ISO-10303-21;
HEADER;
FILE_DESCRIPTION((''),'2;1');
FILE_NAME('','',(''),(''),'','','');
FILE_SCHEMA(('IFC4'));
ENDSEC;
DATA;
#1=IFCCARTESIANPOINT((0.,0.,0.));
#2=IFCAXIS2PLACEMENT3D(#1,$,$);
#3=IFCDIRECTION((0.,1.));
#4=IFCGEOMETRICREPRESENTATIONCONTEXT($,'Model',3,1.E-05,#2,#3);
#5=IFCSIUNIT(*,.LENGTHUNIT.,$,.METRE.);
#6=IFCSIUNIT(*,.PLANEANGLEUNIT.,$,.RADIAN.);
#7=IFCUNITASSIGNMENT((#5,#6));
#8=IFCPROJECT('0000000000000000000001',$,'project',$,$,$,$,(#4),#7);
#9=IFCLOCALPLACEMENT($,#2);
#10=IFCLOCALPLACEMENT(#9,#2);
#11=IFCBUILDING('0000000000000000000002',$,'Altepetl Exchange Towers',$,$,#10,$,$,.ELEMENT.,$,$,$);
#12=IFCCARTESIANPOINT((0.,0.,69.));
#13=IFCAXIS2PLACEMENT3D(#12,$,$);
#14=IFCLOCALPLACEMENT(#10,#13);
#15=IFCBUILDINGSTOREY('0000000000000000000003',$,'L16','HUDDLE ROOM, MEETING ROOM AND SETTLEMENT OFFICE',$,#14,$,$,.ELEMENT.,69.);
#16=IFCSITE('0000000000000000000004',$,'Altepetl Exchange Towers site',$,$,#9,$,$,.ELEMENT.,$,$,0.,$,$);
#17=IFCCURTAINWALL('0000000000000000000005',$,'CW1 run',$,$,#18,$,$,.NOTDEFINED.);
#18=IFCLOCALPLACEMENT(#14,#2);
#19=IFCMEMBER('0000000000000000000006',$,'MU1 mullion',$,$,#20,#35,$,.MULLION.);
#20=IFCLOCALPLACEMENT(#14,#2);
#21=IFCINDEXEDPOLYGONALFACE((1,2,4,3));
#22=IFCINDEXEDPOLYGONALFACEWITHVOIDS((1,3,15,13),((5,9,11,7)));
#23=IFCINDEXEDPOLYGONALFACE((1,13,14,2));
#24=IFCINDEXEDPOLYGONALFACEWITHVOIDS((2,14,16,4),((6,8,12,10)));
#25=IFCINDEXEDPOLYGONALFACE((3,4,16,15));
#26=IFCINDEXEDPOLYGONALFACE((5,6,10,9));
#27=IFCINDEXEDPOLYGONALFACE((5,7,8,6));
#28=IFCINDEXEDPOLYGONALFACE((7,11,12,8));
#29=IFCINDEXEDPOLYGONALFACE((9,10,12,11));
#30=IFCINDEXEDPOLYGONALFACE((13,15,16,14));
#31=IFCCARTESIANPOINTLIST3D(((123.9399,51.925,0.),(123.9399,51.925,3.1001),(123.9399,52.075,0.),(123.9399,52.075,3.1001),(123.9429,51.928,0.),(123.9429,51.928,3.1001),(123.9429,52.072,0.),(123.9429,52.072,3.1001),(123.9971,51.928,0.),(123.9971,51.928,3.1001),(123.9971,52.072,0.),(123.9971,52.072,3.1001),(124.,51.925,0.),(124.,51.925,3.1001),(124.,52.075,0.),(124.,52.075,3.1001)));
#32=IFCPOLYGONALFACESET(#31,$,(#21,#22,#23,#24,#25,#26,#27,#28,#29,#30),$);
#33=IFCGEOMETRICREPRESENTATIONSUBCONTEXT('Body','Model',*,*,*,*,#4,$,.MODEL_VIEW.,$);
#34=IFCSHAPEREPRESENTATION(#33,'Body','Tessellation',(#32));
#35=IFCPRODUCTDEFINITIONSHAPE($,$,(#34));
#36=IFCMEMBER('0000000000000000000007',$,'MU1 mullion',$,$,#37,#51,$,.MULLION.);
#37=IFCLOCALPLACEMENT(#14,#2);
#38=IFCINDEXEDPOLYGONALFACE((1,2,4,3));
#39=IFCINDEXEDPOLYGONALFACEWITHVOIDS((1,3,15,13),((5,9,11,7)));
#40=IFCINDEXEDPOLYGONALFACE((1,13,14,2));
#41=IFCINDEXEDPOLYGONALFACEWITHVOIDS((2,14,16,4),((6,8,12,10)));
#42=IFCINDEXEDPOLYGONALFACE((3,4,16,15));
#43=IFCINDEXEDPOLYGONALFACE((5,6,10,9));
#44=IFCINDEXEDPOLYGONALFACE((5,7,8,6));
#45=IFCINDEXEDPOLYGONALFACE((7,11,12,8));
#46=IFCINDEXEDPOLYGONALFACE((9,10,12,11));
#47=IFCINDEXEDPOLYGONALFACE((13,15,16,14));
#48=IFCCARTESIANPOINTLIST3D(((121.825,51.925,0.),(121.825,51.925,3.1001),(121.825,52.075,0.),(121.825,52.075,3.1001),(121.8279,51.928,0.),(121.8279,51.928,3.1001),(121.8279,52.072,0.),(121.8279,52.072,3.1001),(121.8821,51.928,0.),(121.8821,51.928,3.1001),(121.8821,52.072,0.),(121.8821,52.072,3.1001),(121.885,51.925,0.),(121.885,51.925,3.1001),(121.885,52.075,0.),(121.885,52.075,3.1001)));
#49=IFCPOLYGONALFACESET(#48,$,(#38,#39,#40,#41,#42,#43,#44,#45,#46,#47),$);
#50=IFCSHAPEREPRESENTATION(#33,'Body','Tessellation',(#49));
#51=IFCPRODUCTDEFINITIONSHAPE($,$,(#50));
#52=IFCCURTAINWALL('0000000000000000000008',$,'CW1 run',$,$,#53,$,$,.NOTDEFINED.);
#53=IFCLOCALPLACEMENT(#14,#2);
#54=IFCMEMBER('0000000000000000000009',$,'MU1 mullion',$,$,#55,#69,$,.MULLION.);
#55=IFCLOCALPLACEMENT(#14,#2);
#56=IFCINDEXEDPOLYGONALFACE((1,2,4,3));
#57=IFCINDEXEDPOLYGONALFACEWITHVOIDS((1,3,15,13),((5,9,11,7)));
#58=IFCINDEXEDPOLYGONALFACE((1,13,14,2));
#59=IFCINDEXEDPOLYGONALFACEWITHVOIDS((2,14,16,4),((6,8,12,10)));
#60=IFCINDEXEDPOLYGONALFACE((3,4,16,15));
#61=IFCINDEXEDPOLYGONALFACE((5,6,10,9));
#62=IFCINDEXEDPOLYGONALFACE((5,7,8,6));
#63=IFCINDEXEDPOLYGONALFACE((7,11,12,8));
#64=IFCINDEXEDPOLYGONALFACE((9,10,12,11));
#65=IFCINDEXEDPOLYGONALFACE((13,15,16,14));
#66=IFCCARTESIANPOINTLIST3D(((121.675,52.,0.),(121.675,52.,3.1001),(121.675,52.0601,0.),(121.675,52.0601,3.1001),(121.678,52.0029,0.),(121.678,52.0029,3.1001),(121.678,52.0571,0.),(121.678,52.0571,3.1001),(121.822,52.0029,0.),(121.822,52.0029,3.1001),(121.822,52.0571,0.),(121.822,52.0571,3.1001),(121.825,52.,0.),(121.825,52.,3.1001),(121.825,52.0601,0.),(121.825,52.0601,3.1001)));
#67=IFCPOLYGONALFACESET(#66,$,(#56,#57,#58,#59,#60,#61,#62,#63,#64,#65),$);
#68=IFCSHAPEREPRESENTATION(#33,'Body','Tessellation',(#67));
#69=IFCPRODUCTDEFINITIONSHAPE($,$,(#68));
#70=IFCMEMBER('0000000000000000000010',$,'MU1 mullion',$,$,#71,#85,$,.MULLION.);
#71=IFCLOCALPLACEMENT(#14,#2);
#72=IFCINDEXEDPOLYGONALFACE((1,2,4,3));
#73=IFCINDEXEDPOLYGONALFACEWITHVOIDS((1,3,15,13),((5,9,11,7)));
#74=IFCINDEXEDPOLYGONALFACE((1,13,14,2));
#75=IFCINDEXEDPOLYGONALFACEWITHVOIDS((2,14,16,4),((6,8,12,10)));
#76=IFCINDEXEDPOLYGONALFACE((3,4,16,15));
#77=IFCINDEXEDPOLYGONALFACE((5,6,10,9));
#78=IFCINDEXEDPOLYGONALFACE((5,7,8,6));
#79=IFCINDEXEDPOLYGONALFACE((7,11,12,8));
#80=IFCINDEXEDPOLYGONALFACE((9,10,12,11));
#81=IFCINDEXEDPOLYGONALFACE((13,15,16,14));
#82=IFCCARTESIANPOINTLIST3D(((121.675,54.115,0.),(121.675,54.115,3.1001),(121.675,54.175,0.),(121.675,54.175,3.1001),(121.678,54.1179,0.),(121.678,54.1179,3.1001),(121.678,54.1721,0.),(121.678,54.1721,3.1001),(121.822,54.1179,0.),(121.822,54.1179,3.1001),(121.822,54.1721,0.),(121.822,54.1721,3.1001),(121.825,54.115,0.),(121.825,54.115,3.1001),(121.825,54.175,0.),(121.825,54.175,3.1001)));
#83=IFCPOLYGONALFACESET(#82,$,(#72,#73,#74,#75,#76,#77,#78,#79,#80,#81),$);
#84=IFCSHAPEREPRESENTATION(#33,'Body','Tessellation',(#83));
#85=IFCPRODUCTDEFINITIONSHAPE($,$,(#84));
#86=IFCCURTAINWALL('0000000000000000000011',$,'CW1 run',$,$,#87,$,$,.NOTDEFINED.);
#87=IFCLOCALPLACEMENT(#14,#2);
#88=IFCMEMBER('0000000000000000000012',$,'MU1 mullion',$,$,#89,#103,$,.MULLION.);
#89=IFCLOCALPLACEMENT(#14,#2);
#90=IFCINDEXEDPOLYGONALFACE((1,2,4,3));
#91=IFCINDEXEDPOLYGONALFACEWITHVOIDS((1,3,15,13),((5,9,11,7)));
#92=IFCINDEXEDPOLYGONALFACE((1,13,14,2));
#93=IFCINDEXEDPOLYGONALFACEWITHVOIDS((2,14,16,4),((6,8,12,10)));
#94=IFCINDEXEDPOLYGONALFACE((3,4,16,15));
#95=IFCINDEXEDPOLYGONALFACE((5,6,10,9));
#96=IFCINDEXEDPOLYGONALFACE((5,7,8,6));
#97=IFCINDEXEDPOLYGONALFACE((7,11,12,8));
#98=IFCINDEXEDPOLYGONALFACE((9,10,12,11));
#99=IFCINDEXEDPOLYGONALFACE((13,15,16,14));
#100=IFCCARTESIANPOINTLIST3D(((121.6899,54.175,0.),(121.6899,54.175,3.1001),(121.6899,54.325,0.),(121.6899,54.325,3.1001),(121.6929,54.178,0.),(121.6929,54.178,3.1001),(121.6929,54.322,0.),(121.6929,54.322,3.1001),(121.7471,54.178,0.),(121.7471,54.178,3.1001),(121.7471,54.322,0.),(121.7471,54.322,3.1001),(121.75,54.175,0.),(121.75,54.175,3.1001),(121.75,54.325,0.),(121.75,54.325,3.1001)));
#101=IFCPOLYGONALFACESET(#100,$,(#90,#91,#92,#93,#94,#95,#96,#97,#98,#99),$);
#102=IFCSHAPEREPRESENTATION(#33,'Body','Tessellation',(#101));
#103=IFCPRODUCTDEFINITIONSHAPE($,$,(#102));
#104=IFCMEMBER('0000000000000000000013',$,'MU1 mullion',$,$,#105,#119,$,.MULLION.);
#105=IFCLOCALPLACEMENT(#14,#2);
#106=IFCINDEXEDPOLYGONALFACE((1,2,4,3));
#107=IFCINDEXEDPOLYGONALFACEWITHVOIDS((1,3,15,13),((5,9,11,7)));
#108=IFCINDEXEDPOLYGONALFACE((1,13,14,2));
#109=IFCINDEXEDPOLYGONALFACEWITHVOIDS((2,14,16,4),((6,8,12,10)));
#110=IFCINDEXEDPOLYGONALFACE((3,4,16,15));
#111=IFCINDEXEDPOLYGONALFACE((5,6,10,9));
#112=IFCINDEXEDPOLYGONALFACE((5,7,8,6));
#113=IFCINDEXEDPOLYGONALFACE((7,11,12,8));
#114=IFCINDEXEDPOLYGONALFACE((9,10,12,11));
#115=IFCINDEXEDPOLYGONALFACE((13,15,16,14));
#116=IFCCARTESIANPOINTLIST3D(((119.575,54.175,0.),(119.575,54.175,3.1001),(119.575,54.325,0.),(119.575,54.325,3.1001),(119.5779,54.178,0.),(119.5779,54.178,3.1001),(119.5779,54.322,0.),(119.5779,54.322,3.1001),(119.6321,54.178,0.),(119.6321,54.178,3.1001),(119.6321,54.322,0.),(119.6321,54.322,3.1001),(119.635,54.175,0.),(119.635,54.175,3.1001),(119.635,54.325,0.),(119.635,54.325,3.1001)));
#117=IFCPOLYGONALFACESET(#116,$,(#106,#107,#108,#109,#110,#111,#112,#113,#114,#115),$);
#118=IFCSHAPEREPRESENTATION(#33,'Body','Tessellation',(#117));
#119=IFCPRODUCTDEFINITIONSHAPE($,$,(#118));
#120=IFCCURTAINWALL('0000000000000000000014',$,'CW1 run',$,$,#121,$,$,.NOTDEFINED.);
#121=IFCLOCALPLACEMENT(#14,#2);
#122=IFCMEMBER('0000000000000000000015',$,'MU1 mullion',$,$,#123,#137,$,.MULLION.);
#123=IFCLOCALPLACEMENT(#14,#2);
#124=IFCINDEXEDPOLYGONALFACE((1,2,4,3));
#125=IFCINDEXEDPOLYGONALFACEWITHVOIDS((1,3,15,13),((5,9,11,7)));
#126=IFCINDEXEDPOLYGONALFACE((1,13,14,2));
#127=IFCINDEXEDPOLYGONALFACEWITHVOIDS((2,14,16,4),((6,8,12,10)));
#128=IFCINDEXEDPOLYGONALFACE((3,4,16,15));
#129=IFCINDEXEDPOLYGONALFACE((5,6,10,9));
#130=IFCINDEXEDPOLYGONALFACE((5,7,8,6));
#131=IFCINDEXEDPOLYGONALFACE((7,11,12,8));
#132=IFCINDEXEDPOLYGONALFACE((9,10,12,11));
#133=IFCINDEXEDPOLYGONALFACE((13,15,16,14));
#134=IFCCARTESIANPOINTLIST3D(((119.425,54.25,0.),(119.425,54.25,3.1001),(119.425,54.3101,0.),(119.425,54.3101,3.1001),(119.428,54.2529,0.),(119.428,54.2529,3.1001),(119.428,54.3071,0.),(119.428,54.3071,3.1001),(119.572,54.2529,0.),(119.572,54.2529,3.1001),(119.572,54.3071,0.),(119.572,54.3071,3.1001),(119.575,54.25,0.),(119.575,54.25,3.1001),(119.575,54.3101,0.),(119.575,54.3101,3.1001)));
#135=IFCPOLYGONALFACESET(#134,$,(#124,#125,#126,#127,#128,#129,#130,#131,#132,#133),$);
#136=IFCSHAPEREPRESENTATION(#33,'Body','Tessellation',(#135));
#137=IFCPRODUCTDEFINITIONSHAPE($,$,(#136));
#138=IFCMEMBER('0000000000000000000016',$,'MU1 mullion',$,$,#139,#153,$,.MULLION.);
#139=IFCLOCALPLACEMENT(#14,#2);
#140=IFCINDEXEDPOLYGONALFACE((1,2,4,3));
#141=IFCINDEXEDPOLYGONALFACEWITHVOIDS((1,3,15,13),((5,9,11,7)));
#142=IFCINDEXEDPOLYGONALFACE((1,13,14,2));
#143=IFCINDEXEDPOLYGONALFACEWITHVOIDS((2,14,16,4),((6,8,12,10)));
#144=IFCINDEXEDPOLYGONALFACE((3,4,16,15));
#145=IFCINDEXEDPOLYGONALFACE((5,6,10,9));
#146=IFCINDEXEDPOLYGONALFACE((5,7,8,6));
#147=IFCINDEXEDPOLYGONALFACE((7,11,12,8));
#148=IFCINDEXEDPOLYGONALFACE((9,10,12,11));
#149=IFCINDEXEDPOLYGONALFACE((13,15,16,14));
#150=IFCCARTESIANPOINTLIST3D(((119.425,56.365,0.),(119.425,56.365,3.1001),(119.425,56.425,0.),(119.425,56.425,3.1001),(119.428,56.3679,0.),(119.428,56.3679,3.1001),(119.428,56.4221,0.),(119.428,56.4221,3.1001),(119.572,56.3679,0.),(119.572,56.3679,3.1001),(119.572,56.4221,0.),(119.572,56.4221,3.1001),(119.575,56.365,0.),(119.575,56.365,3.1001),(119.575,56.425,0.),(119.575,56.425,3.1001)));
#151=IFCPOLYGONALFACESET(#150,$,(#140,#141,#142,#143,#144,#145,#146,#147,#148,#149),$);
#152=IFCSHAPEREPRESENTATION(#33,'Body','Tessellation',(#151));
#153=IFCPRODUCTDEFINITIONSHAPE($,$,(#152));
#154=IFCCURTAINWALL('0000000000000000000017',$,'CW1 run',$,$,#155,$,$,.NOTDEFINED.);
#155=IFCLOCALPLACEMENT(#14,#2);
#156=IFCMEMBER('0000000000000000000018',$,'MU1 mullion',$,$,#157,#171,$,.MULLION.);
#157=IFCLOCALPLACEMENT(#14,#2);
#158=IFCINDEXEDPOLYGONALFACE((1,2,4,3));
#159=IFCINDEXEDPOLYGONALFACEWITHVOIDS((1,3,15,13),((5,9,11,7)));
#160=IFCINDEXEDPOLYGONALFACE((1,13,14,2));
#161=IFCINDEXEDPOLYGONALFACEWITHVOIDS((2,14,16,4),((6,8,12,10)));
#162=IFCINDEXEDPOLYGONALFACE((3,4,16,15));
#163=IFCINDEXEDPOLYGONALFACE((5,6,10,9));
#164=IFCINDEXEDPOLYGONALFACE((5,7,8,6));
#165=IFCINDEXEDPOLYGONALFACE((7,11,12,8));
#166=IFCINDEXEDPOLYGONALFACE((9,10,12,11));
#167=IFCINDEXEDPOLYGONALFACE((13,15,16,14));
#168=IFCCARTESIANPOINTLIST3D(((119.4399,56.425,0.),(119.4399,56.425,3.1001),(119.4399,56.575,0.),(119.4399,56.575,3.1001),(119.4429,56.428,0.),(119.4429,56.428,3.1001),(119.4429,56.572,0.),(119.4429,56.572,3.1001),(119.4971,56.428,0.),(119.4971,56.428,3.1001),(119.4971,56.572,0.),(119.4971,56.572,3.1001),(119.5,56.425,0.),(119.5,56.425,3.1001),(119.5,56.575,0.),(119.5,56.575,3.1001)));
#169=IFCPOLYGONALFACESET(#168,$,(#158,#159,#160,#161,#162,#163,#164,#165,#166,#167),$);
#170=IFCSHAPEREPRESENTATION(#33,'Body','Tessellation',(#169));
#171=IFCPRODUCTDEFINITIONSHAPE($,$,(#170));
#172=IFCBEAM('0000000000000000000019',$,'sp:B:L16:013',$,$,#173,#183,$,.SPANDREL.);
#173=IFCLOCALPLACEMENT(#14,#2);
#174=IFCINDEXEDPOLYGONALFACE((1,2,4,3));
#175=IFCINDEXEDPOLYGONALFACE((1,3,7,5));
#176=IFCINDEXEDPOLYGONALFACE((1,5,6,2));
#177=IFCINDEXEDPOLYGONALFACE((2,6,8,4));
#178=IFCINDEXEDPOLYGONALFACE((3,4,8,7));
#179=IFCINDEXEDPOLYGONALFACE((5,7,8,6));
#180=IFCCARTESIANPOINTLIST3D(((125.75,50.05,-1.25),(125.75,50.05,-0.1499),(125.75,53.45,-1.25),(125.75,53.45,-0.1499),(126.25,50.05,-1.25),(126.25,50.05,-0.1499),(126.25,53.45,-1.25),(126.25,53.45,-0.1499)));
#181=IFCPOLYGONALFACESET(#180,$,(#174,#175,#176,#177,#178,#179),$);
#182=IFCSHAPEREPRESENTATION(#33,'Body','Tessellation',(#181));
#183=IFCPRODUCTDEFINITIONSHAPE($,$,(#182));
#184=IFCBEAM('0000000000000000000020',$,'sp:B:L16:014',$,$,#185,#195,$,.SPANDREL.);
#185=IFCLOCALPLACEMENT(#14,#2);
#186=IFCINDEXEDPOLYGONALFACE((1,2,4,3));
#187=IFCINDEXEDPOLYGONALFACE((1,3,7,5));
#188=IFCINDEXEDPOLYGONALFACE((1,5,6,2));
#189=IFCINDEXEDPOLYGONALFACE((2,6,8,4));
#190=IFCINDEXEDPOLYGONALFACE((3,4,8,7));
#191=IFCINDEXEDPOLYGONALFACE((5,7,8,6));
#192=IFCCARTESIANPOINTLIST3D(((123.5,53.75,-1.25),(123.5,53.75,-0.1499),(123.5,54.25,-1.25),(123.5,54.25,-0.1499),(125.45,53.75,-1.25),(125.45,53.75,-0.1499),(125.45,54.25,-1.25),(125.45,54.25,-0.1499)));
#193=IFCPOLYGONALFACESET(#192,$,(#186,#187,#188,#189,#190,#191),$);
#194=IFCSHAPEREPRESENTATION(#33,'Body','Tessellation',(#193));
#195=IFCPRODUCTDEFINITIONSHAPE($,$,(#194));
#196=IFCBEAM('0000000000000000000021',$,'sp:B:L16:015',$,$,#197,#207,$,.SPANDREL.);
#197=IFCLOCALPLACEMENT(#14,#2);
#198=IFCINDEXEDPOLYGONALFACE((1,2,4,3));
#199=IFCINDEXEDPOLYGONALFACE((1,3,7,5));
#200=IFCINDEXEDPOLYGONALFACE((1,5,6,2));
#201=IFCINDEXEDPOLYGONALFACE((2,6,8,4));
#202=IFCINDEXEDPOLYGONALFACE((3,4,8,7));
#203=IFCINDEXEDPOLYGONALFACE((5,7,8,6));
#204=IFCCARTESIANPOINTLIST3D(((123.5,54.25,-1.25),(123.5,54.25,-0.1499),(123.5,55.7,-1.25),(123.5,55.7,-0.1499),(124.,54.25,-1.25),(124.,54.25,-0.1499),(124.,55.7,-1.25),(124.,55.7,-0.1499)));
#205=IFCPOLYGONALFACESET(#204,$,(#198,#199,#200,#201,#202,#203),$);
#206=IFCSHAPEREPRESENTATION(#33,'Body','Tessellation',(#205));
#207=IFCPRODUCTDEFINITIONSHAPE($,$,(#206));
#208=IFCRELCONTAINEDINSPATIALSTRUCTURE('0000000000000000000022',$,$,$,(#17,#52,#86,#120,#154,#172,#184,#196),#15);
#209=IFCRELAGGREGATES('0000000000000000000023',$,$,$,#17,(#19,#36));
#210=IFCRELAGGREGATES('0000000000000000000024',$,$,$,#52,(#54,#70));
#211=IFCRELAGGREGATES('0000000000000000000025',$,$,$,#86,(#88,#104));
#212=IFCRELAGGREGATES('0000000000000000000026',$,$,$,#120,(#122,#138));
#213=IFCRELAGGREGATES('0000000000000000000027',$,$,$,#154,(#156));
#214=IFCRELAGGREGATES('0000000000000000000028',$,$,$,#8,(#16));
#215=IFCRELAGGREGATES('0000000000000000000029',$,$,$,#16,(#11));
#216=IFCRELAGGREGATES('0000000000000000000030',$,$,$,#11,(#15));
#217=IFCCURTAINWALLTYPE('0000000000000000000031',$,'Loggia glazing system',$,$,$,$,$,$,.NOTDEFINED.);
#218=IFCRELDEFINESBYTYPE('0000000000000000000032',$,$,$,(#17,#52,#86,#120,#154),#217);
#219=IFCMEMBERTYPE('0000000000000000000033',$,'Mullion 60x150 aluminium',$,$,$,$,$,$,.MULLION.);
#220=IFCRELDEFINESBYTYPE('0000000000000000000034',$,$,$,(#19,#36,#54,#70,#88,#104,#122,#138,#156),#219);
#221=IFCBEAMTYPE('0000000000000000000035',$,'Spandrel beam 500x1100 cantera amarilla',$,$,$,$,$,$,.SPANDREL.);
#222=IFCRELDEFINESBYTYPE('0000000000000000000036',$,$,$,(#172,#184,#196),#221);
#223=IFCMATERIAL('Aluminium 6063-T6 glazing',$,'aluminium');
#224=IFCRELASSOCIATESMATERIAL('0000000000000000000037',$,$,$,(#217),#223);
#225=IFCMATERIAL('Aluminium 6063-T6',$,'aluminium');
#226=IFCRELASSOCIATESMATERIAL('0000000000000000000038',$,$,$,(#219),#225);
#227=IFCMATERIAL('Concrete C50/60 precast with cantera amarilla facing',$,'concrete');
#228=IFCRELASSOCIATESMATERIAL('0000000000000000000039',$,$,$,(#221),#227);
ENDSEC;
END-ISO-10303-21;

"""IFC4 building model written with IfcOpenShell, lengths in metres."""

from ifc_helpers import new_model, si_unit, direction, frame, origin, origin_2d, place, context, subcontext, project, spatial, rectangle, hollow_rectangle, extrude, material, material_profile, profile_set, type_object, element, aggregate, save


model = new_model("IFC4")

# Units and contexts
model_context = context("Model", 3, precision=1e-05, world=origin(), true_north=direction((0.0, 1.0)))
body_context = subcontext(model_context, "Body", "Model", "MODEL_VIEW")
ifc_project = project(units=[si_unit("LENGTHUNIT", "METRE"), si_unit("PLANEANGLEUNIT", "RADIAN")], contexts=[model_context])

# Site, building, storey
site_placement = place(None, origin())
site = spatial("IfcSite", under=ifc_project, at=site_placement, Name="Altepetl Exchange Towers site", CompositionType="ELEMENT", RefElevation=0.0)
building_placement = place(site_placement, origin())
building = spatial("IfcBuilding", under=site, at=building_placement, Name="Altepetl Exchange Towers", CompositionType="ELEMENT")
storey_placement = place(building_placement, frame((0.0, 0.0, 69.0)))
storey = spatial("IfcBuildingStorey", under=building, at=storey_placement, Name="L16", Description="HUDDLE ROOM, MEETING ROOM AND SETTLEMENT OFFICE", CompositionType="ELEMENT", Elevation=69.0)

# Curtain walls, members
ifc_material_1 = material(Name="Aluminium 6063-T6 glazing", Category="aluminium")
curtain_wall_type = type_object("IfcCurtainWallType", Name="Loggia glazing system", PredefinedType="NOTDEFINED", material=ifc_material_1)
ifc_material_2 = material(Name="Aluminium 6063-T6", Category="aluminium")
ifc_material_profile_1 = material_profile(ifc_material_2, hollow_rectangle(XDim=0.0601, YDim=0.1499, WallThickness=0.0029, at=origin_2d()), Name="Mullion 60x150 aluminium")
ifc_profile_set_1 = profile_set([ifc_material_profile_1], Name="Aluminium 6063-T6")
member_type = type_object("IfcMemberType", Name="Mullion 60x150 aluminium", PredefinedType="MULLION", material=ifc_profile_set_1)
curtain_wall_1_placement = place(storey_placement, origin())
curtain_wall_1 = element("IfcCurtainWall", 1, at=curtain_wall_1_placement, inside=storey, type_object=curtain_wall_type, Name="CW1 run", PredefinedType="NOTDEFINED")
member_1_placement = place(storey_placement, frame((123.97, 52.0, 0.0), z_axis=(0.0, 0.0, 1.0), x_axis=(-1.0, 0.0, 0.0)))
member_1 = element("IfcMember", 2, at=member_1_placement, type_object=member_type, Name="MU1 mullion", PredefinedType="MULLION", context=body_context, shape_type="SweptSolid", body=[
    extrude(hollow_rectangle(XDim=0.0601, YDim=0.1499, WallThickness=0.0029, at=origin_2d()), origin(), (0.0, 0.0, 1.0), 3.1001),
])
member_2_placement = place(storey_placement, frame((121.855, 52.0, 0.0), z_axis=(0.0, 0.0, 1.0), x_axis=(-1.0, 0.0, 0.0)))
member_2 = element("IfcMember", 3, at=member_2_placement, type_object=member_type, Name="MU1 mullion", PredefinedType="MULLION", context=body_context, shape_type="SweptSolid", body=[
    extrude(hollow_rectangle(XDim=0.0601, YDim=0.1499, WallThickness=0.0029, at=origin_2d()), origin(), (0.0, 0.0, 1.0), 3.1001),
])
curtain_wall_2_placement = place(storey_placement, origin())
curtain_wall_2 = element("IfcCurtainWall", 4, at=curtain_wall_2_placement, inside=storey, type_object=curtain_wall_type, Name="CW1 run", PredefinedType="NOTDEFINED")
member_3_placement = place(storey_placement, frame((121.75, 52.03, 0.0), z_axis=(0.0, 0.0, 1.0), x_axis=(0.0, 1.0, 0.0)))
member_3 = element("IfcMember", 5, at=member_3_placement, type_object=member_type, Name="MU1 mullion", PredefinedType="MULLION", context=body_context, shape_type="SweptSolid", body=[
    extrude(hollow_rectangle(XDim=0.0601, YDim=0.1499, WallThickness=0.0029, at=origin_2d()), origin(), (0.0, 0.0, 1.0), 3.1001),
])
member_4_placement = place(storey_placement, frame((121.75, 54.145, 0.0), z_axis=(0.0, 0.0, 1.0), x_axis=(0.0, 1.0, 0.0)))
member_4 = element("IfcMember", 6, at=member_4_placement, type_object=member_type, Name="MU1 mullion", PredefinedType="MULLION", context=body_context, shape_type="SweptSolid", body=[
    extrude(hollow_rectangle(XDim=0.0601, YDim=0.1499, WallThickness=0.0029, at=origin_2d()), origin(), (0.0, 0.0, 1.0), 3.1001),
])
curtain_wall_3_placement = place(storey_placement, origin())
curtain_wall_3 = element("IfcCurtainWall", 7, at=curtain_wall_3_placement, inside=storey, type_object=curtain_wall_type, Name="CW1 run", PredefinedType="NOTDEFINED")
member_5_placement = place(storey_placement, frame((121.72, 54.25, 0.0), z_axis=(0.0, 0.0, 1.0), x_axis=(-1.0, 0.0, 0.0)))
member_5 = element("IfcMember", 8, at=member_5_placement, type_object=member_type, Name="MU1 mullion", PredefinedType="MULLION", context=body_context, shape_type="SweptSolid", body=[
    extrude(hollow_rectangle(XDim=0.0601, YDim=0.1499, WallThickness=0.0029, at=origin_2d()), origin(), (0.0, 0.0, 1.0), 3.1001),
])
member_6_placement = place(storey_placement, frame((119.605, 54.25, 0.0), z_axis=(0.0, 0.0, 1.0), x_axis=(-1.0, 0.0, 0.0)))
member_6 = element("IfcMember", 9, at=member_6_placement, type_object=member_type, Name="MU1 mullion", PredefinedType="MULLION", context=body_context, shape_type="SweptSolid", body=[
    extrude(hollow_rectangle(XDim=0.0601, YDim=0.1499, WallThickness=0.0029, at=origin_2d()), origin(), (0.0, 0.0, 1.0), 3.1001),
])
curtain_wall_4_placement = place(storey_placement, origin())
curtain_wall_4 = element("IfcCurtainWall", 10, at=curtain_wall_4_placement, inside=storey, type_object=curtain_wall_type, Name="CW1 run", PredefinedType="NOTDEFINED")
member_7_placement = place(storey_placement, frame((119.5, 54.28, 0.0), z_axis=(0.0, 0.0, 1.0), x_axis=(0.0, 1.0, 0.0)))
member_7 = element("IfcMember", 11, at=member_7_placement, type_object=member_type, Name="MU1 mullion", PredefinedType="MULLION", context=body_context, shape_type="SweptSolid", body=[
    extrude(hollow_rectangle(XDim=0.0601, YDim=0.1499, WallThickness=0.0029, at=origin_2d()), origin(), (0.0, 0.0, 1.0), 3.1001),
])
member_8_placement = place(storey_placement, frame((119.5, 56.395, 0.0), z_axis=(0.0, 0.0, 1.0), x_axis=(0.0, 1.0, 0.0)))
member_8 = element("IfcMember", 12, at=member_8_placement, type_object=member_type, Name="MU1 mullion", PredefinedType="MULLION", context=body_context, shape_type="SweptSolid", body=[
    extrude(hollow_rectangle(XDim=0.0601, YDim=0.1499, WallThickness=0.0029, at=origin_2d()), origin(), (0.0, 0.0, 1.0), 3.1001),
])

# Curtain wall, member
curtain_wall_5_placement = place(storey_placement, origin())
curtain_wall_5 = element("IfcCurtainWall", 13, at=curtain_wall_5_placement, inside=storey, type_object=curtain_wall_type, Name="CW1 run", PredefinedType="NOTDEFINED")
member_9_placement = place(storey_placement, frame((119.47, 56.5, 0.0), z_axis=(0.0, 0.0, 1.0), x_axis=(-1.0, 0.0, 0.0)))
member_9 = element("IfcMember", 14, at=member_9_placement, type_object=member_type, Name="MU1 mullion", PredefinedType="MULLION", context=body_context, shape_type="SweptSolid", body=[
    extrude(hollow_rectangle(XDim=0.0601, YDim=0.1499, WallThickness=0.0029, at=origin_2d()), origin(), (0.0, 0.0, 1.0), 3.1001),
])

# Beams
ifc_material_3 = material(Name="Concrete C50/60 precast with cantera amarilla facing", Category="concrete")
ifc_material_profile_2 = material_profile(ifc_material_3, rectangle(XDim=0.5, YDim=1.1001, at=origin_2d()), Name="500 x 1100")
ifc_profile_set_2 = profile_set([ifc_material_profile_2], Name="Concrete C50/60 precast with cantera amarilla facing")
beam_type_1 = type_object("IfcBeamType", Name="Spandrel beam 500x1100 cantera amarilla", PredefinedType="SPANDREL", material=ifc_profile_set_2)
beam_1_placement = place(storey_placement, frame((126.0, 50.05, -0.7), z_axis=(0.0, 1.0, 0.0), x_axis=(-1.0, 0.0, 0.0)))
element("IfcBeam", 15, at=beam_1_placement, inside=storey, type_object=beam_type_1, Name="sp:B:L16:013", PredefinedType="SPANDREL", context=body_context, shape_type="SweptSolid", body=[
    extrude(rectangle(XDim=0.5, YDim=1.1001, at=origin_2d()), origin(), (0.0, 0.0, 1.0), 3.3999),
])
beam_2_placement = place(storey_placement, frame((125.45, 54.0, -0.7), z_axis=(-1.0, 0.0, 0.0), x_axis=(0.0, -1.0, 0.0)))
element("IfcBeam", 16, at=beam_2_placement, inside=storey, type_object=beam_type_1, Name="sp:B:L16:014", PredefinedType="SPANDREL", context=body_context, shape_type="SweptSolid", body=[
    extrude(rectangle(XDim=0.5, YDim=1.1001, at=origin_2d()), origin(), (0.0, 0.0, 1.0), 1.95),
])
beam_3_placement = place(storey_placement, frame((123.75, 54.25, -0.7), z_axis=(0.0, 1.0, 0.0), x_axis=(-1.0, 0.0, 0.0)))
element("IfcBeam", 17, at=beam_3_placement, inside=storey, type_object=beam_type_1, Name="sp:B:L16:015", PredefinedType="SPANDREL", context=body_context, shape_type="SweptSolid", body=[
    extrude(rectangle(XDim=0.5, YDim=1.1001, at=origin_2d()), origin(), (0.0, 0.0, 1.0), 1.45),
])

aggregate(curtain_wall_1, [member_1, member_2])
aggregate(curtain_wall_2, [member_3, member_4])
aggregate(curtain_wall_3, [member_5, member_6])
aggregate(curtain_wall_4, [member_7, member_8])
aggregate(curtain_wall_5, [member_9])

save(model, "model.ifc")
